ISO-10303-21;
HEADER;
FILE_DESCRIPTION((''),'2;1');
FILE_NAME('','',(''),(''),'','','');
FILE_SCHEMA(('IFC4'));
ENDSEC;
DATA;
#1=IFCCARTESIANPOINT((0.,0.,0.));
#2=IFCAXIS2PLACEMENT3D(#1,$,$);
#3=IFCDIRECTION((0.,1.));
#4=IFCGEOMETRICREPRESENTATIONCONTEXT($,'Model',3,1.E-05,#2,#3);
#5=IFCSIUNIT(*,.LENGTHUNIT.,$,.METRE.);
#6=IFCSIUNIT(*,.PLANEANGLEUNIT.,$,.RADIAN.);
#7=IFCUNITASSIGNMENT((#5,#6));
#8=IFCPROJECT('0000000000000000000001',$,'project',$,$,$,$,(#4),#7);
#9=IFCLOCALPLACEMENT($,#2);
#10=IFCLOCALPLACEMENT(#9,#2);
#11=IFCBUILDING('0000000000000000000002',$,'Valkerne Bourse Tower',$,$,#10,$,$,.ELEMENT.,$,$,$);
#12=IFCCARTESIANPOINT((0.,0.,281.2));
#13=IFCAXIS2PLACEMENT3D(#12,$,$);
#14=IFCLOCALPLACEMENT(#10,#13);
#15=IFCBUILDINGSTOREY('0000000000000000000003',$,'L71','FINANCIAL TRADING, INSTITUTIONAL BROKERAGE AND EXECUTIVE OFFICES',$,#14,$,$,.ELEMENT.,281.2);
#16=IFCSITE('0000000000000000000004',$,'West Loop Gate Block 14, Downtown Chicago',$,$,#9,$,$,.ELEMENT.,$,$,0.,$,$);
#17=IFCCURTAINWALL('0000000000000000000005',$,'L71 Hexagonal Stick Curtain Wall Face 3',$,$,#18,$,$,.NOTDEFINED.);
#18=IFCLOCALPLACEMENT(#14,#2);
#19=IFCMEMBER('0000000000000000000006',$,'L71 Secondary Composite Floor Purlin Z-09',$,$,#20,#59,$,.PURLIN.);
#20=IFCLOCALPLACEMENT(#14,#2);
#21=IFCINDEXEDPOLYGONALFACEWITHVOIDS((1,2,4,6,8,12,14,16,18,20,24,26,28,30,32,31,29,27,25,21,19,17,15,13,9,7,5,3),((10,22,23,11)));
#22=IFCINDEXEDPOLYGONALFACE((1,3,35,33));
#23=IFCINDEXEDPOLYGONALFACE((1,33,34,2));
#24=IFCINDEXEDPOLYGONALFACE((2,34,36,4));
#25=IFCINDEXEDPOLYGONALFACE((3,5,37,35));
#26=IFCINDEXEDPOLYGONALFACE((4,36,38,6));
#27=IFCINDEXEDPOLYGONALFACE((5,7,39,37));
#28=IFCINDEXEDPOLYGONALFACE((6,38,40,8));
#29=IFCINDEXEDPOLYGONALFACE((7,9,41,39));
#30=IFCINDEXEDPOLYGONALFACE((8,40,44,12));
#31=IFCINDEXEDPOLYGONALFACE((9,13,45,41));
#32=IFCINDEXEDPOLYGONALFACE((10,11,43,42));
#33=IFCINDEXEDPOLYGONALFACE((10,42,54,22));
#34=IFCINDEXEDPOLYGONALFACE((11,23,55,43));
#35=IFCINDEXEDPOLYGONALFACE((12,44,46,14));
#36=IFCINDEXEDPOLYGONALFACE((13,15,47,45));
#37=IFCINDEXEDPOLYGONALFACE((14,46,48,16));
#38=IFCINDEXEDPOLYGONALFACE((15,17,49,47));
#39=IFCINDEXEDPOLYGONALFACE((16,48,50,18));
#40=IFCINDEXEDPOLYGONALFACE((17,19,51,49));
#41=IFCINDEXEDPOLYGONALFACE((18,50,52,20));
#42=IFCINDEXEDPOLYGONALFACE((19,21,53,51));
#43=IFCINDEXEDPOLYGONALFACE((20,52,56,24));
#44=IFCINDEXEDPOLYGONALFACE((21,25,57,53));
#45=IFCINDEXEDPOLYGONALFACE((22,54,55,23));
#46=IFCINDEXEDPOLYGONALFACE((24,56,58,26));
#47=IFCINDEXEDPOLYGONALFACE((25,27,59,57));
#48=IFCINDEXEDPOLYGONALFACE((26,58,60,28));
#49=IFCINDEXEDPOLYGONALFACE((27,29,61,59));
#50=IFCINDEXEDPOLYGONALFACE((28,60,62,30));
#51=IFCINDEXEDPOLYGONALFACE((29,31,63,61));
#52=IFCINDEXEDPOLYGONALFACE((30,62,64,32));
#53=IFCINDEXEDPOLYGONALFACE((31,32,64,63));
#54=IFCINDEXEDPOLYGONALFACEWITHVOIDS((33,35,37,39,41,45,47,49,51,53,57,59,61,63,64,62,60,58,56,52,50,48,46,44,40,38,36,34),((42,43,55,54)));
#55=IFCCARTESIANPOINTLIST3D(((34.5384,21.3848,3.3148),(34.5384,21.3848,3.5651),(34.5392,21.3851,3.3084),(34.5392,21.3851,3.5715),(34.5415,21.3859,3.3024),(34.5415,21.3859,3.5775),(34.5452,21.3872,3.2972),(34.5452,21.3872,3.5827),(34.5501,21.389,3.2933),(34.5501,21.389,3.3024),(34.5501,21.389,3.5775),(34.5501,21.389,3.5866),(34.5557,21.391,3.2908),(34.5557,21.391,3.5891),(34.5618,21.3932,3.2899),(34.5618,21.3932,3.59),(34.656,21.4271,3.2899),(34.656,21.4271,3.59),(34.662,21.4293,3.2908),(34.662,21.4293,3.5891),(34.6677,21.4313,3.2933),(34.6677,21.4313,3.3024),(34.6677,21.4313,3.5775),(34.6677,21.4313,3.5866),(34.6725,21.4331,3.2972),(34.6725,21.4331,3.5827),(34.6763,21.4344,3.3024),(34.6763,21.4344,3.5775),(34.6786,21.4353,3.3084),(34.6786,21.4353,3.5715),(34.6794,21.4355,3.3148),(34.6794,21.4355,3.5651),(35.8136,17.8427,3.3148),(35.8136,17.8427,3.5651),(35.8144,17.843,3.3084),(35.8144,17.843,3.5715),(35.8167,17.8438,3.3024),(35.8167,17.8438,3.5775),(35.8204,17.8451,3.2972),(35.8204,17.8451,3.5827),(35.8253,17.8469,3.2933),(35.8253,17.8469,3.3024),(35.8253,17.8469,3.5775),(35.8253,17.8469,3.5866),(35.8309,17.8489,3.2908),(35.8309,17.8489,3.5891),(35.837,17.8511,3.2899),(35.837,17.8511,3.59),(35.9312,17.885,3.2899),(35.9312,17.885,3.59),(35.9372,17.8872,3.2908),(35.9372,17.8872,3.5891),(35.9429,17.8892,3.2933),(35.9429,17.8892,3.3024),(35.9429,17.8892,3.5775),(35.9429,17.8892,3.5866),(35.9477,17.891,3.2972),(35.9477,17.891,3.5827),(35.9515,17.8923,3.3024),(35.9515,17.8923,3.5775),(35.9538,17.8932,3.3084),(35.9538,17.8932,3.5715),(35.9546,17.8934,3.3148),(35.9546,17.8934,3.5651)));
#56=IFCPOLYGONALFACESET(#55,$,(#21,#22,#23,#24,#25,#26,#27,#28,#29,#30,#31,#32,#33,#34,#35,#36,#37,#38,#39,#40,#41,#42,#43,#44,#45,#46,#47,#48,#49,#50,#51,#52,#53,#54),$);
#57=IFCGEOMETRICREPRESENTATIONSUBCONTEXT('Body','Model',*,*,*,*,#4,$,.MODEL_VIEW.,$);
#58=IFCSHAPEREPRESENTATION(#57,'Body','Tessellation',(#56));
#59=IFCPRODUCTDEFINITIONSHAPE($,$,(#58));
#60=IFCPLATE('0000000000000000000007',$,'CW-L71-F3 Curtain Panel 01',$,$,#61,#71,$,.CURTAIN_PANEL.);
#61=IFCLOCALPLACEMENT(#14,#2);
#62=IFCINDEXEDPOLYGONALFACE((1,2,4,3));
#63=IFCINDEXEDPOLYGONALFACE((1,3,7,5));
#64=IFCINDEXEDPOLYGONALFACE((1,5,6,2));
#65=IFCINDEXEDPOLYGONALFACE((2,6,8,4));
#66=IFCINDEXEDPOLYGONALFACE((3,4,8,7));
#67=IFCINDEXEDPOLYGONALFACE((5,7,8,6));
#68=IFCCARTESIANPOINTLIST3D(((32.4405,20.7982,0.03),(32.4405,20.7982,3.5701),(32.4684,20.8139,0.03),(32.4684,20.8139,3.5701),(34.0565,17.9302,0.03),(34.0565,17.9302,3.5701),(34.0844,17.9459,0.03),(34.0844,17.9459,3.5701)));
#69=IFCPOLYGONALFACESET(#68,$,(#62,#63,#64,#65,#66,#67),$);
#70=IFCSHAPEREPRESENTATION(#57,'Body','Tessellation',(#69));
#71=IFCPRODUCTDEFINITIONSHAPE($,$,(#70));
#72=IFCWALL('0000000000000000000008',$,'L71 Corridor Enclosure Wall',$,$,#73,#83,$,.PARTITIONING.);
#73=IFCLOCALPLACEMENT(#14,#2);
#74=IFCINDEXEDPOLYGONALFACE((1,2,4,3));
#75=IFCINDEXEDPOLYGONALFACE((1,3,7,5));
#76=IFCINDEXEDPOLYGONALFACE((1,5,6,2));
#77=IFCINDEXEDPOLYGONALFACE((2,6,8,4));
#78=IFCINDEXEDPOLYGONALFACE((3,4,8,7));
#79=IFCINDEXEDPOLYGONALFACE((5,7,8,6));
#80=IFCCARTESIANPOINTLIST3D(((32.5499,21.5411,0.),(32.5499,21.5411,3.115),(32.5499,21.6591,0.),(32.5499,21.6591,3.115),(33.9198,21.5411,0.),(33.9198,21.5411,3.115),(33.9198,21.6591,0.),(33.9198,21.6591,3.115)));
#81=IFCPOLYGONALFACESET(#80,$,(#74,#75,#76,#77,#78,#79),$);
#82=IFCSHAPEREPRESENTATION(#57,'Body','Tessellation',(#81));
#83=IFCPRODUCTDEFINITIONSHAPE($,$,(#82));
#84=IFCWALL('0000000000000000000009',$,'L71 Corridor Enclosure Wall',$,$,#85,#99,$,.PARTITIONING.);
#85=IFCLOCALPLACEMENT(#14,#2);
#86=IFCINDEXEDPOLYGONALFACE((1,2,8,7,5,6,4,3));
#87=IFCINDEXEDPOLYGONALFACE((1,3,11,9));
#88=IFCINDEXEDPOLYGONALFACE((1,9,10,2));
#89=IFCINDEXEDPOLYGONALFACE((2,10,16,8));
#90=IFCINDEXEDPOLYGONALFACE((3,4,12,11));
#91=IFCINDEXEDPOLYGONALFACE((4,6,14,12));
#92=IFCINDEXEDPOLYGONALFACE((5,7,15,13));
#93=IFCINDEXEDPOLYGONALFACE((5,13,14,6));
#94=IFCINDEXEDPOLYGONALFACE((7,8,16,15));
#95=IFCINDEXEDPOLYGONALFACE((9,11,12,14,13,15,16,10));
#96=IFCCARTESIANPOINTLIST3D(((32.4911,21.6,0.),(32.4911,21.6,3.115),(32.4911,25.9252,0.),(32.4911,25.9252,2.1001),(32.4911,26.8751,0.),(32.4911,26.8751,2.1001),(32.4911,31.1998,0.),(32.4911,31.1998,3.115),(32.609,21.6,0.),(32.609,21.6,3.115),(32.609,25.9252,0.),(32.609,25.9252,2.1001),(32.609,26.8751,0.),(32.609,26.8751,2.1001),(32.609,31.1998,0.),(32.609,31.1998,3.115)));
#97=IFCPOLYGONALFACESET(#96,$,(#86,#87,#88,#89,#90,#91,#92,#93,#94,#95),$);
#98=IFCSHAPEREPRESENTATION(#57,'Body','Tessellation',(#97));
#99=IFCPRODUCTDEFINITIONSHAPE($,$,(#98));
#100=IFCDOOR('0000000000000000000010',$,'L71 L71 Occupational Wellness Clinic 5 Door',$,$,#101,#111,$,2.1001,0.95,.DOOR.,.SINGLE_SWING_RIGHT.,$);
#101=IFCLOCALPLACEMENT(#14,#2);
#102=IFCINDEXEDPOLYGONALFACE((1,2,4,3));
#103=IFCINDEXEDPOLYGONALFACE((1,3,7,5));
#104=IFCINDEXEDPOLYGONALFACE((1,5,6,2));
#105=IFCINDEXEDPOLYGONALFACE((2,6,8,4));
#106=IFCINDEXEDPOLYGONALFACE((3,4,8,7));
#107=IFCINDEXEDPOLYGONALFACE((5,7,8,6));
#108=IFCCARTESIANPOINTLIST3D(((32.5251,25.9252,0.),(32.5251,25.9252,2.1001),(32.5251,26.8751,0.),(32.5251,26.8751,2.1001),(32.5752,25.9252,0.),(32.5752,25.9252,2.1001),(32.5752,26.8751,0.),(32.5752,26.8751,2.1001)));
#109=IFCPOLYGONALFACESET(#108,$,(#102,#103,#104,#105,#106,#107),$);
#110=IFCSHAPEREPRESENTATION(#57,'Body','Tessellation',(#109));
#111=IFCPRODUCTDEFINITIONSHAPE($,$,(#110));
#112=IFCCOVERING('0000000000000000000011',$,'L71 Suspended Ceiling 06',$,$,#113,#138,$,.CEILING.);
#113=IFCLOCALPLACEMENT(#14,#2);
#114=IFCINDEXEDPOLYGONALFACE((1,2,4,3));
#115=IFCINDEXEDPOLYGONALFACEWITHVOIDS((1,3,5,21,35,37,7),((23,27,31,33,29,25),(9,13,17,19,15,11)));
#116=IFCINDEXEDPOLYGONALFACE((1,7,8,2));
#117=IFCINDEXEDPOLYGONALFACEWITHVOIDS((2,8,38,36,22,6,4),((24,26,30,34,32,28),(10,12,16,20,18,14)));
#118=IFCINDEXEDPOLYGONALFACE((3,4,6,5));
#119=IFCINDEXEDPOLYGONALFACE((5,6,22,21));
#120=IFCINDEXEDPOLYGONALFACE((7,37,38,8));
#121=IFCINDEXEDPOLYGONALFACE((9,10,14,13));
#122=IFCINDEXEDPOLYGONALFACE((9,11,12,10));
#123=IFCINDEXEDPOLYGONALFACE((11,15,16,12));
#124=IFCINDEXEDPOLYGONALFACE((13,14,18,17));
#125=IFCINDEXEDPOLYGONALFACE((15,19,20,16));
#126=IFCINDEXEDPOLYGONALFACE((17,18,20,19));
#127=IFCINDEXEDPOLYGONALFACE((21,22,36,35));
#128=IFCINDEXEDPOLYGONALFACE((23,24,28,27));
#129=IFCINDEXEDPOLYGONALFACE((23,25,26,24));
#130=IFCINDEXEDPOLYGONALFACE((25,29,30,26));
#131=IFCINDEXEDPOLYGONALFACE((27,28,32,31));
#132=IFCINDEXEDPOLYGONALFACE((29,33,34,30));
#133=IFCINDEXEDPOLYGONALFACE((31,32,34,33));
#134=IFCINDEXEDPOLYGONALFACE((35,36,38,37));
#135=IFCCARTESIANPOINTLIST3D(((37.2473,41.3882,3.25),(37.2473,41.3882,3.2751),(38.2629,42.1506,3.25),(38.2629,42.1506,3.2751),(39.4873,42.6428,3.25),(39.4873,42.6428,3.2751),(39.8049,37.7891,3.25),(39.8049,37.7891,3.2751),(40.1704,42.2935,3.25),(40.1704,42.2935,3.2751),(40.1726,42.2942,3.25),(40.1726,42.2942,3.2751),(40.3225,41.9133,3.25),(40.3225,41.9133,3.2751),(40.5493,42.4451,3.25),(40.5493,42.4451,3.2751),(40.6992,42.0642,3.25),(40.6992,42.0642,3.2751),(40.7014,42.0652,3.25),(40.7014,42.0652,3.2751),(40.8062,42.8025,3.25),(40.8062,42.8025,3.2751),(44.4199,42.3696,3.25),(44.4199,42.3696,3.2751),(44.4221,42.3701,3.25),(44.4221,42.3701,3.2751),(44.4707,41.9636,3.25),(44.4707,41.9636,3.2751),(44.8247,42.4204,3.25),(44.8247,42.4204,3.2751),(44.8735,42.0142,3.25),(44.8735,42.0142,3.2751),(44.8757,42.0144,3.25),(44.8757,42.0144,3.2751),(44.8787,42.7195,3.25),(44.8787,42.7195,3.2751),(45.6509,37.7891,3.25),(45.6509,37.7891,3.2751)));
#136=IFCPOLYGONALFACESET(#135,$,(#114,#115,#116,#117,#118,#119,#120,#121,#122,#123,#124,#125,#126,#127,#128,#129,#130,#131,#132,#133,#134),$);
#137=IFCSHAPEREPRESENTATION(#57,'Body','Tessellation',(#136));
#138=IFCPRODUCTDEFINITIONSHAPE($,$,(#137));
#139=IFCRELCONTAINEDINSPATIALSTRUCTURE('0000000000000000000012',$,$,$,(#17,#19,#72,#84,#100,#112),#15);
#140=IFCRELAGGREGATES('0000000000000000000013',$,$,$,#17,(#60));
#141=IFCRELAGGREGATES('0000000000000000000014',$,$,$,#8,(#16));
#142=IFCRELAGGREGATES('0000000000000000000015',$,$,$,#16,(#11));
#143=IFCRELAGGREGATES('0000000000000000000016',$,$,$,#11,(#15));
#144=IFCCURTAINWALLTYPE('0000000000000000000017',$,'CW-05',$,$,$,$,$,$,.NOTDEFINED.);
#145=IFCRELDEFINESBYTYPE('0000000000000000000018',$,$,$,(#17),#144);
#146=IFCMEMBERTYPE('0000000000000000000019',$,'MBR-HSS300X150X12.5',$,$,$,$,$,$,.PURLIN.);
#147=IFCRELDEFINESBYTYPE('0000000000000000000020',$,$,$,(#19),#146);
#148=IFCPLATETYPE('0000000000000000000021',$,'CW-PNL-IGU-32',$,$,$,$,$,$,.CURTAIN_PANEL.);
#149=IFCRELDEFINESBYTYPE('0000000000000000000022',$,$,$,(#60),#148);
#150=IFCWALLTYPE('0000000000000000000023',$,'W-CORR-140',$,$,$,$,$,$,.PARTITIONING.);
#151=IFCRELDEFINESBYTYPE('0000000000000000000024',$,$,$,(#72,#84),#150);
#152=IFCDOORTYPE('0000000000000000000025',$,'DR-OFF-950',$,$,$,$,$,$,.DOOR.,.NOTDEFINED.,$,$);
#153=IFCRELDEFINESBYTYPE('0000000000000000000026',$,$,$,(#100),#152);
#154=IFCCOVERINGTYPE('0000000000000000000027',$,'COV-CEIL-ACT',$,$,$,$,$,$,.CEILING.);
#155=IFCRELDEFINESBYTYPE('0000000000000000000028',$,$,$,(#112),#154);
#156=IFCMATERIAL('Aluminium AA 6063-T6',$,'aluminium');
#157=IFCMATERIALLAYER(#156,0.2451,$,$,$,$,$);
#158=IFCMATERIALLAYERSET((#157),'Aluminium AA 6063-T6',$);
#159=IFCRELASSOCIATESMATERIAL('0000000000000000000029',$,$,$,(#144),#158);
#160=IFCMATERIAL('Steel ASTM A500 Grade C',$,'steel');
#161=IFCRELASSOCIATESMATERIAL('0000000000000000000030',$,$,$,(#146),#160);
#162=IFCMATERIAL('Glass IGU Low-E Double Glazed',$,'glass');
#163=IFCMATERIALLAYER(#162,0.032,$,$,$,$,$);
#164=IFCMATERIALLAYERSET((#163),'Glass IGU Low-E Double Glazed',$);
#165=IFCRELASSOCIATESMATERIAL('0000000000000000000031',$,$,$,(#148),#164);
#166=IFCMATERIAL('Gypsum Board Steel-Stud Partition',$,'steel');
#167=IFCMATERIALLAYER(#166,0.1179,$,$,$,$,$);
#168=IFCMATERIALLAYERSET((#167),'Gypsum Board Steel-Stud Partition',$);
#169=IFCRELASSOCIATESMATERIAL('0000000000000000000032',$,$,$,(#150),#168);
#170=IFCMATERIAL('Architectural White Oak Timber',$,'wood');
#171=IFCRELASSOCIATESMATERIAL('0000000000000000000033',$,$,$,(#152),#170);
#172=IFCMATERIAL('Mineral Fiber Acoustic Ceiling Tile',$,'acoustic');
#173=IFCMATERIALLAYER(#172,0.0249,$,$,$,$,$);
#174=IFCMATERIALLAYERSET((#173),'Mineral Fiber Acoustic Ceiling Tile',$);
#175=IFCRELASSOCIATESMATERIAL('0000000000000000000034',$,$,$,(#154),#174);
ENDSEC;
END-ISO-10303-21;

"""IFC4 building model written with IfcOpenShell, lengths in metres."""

from ifc_helpers import new_model, si_unit, direction, frame, frame_2d, origin, origin_2d, place, context, subcontext, project, spatial, polyline, rectangle, hollow_rectangle, outline, extrude, material, layer, layer_set, material_profile, profile_set, type_object, element, fill, aggregate, save


model = new_model("IFC4")

# Units and contexts
model_context = context("Model", 3, precision=1e-05, world=origin(), true_north=direction((0.0, 1.0)))
body_context = subcontext(model_context, "Body", "Model", "MODEL_VIEW")
ifc_project = project(units=[si_unit("LENGTHUNIT", "METRE"), si_unit("PLANEANGLEUNIT", "RADIAN")], contexts=[model_context])

# Site, building, storey
site_placement = place(None, origin())
site = spatial("IfcSite", under=ifc_project, at=site_placement, Name="West Loop Gate Block 14, Downtown Chicago", CompositionType="ELEMENT", RefElevation=0.0)
building_placement = place(site_placement, origin())
building = spatial("IfcBuilding", under=site, at=building_placement, Name="Valkerne Bourse Tower", CompositionType="ELEMENT")
storey_placement = place(building_placement, frame((0.0, 0.0, 281.2)))
storey = spatial("IfcBuildingStorey", under=building, at=storey_placement, Name="L71", Description="FINANCIAL TRADING, INSTITUTIONAL BROKERAGE AND EXECUTIVE OFFICES", CompositionType="ELEMENT", Elevation=281.2)

# Curtain wall
ifc_material_1 = material(Name="Aluminium AA 6063-T6", Category="aluminium")
ifc_layer_1 = layer(ifc_material_1, 0.2451)
ifc_layer_set_1 = layer_set([ifc_layer_1], Name="Aluminium AA 6063-T6")
curtain_wall_type = type_object("IfcCurtainWallType", Name="CW-05", PredefinedType="NOTDEFINED", material=ifc_layer_set_1)
curtain_wall_placement = place(storey_placement, origin())
curtain_wall = element("IfcCurtainWall", 1, at=curtain_wall_placement, inside=storey, type_object=curtain_wall_type, Name="L71 Hexagonal Stick Curtain Wall Face 3", PredefinedType="NOTDEFINED")

# Member
ifc_material_2 = material(Name="Steel ASTM A500 Grade C", Category="steel")
ifc_material_profile_1 = material_profile(ifc_material_2, hollow_rectangle(XDim=0.1499, YDim=0.3, WallThickness=0.0125, OuterFilletRadius=0.0249, at=origin_2d()), Name="HSS300X150X12.5")
ifc_profile_set_1 = profile_set([ifc_material_profile_1], Name="Steel ASTM A500 Grade C")
member_type_1 = type_object("IfcMemberType", Name="MBR-HSS300X150X12.5", PredefinedType="PURLIN", material=ifc_profile_set_1)
member_1_placement = place(storey_placement, frame((34.6089, 21.4102, 3.4399), z_axis=(0.338726, -0.940885, 0.0), x_axis=(0.940885, 0.338726, 0.0)))
element("IfcMember", 2, at=member_1_placement, inside=storey, type_object=member_type_1, Name="L71 Secondary Composite Floor Purlin Z-09", PredefinedType="PURLIN", context=body_context, shape_type="SweptSolid", body=[
    extrude(hollow_rectangle(XDim=0.1499, YDim=0.3, WallThickness=0.0125, OuterFilletRadius=0.0249, at=origin_2d()), origin(), (0.0, 0.0, 1.0), 3.7646),
])

# Plate
ifc_material_3 = material(Name="Glass IGU Low-E Double Glazed", Category="glass")
ifc_layer_2 = layer(ifc_material_3, 0.032)
ifc_layer_set_2 = layer_set([ifc_layer_2], Name="Glass IGU Low-E Double Glazed")
plate_type = type_object("IfcPlateType", Name="CW-PNL-IGU-32", PredefinedType="CURTAIN_PANEL", material=ifc_layer_set_2)
plate_placement = place(storey_placement, frame((33.2625, 19.3721, 0.03), z_axis=(0.0, 0.0, 1.0), x_axis=(0.490901, -0.871215, 0.0)))
plate = element("IfcPlate", 3, at=plate_placement, type_object=plate_type, Name="CW-L71-F3 Curtain Panel 01", PredefinedType="CURTAIN_PANEL", context=body_context, shape_type="SweptSolid", body=[
    extrude(rectangle(XDim=3.292, YDim=0.032, at=origin_2d()), origin(), (0.0, 0.0, 1.0), 3.54),
])
aggregate(curtain_wall, [plate])

# Wall
ifc_material_4 = material(Name="Gypsum Board Steel-Stud Partition", Category="steel")
ifc_layer_3 = layer(ifc_material_4, 0.1179)
ifc_layer_set_3 = layer_set([ifc_layer_3], Name="Gypsum Board Steel-Stud Partition")
wall_type = type_object("IfcWallType", Name="W-CORR-140", PredefinedType="PARTITIONING", material=ifc_layer_set_3)
wall_1_placement = place(storey_placement, frame((33.9199, 21.6001, 0.0), z_axis=(0.0, 0.0, 1.0), x_axis=(-1.0, 0.0, 0.0)))
element("IfcWall", 4, at=wall_1_placement, inside=storey, type_object=wall_type, Name="L71 Corridor Enclosure Wall", PredefinedType="PARTITIONING", context=body_context, shape_type="SweptSolid", body=[
    extrude(rectangle(XDim=1.3699, YDim=0.1179, at=frame_2d((0.6851, 0.0))), origin(), (0.0, 0.0, 1.0), 3.115),
])

# Wall, opening, door
wall_2_placement = place(storey_placement, frame((32.55, 21.6001, 0.0), z_axis=(0.0, 0.0, 1.0), x_axis=(0.0, 1.0, 0.0)))
wall_2 = element("IfcWall", 5, at=wall_2_placement, inside=storey, type_object=wall_type, Name="L71 Corridor Enclosure Wall", PredefinedType="PARTITIONING", context=body_context, shape_type="SweptSolid", body=[
    extrude(rectangle(XDim=9.5999, YDim=0.1179, at=frame_2d((4.7998, 0.0))), origin(), (0.0, 0.0, 1.0), 3.115),
])
opening_placement = place(wall_2_placement, frame((4.325, 0.0, 0.0)))
opening = element("IfcOpeningElement", 6, at=opening_placement, cuts=wall_2, PredefinedType="OPENING", context=body_context, shape_type="SweptSolid", body=[
    extrude(rectangle(XDim=0.95, YDim=2.1001, at=frame_2d((0.4751, 1.05))), frame((0.0, 0.0688, 0.0), z_axis=(0.0, -1.0, 0.0), x_axis=(1.0, 0.0, 0.0)), (0.0, 0.0, 1.0), 0.1379),
])
ifc_material_5 = material(Name="Architectural White Oak Timber", Category="wood")
door_type = type_object("IfcDoorType", Name="DR-OFF-950", OperationType="NOTDEFINED", PredefinedType="DOOR", material=ifc_material_5)
door_placement = place(opening_placement, origin())
door = element("IfcDoor", 7, at=door_placement, inside=storey, type_object=door_type, Name="L71 L71 Occupational Wellness Clinic 5 Door", OperationType="SINGLE_SWING_RIGHT", OverallHeight=2.1001, OverallWidth=0.95, PredefinedType="DOOR", context=body_context, shape_type="SweptSolid", body=[
    extrude(rectangle(XDim=0.95, YDim=2.1001, at=frame_2d((0.4751, 1.05))), frame((0.0, 0.0249, 0.0), z_axis=(0.0, -1.0, 0.0), x_axis=(1.0, 0.0, 0.0)), (0.0, 0.0, 1.0), 0.05),
])
fill(opening, door)

# Covering
ifc_material_6 = material(Name="Mineral Fiber Acoustic Ceiling Tile", Category="acoustic")
ifc_layer_4 = layer(ifc_material_6, 0.0249)
ifc_layer_set_4 = layer_set([ifc_layer_4], Name="Mineral Fiber Acoustic Ceiling Tile")
covering_type_1 = type_object("IfcCoveringType", Name="COV-CEIL-ACT", PredefinedType="CEILING", material=ifc_layer_set_4)
covering_1_placement = place(storey_placement, frame((0.0, 0.0, 3.25)))
element("IfcCovering", 8, at=covering_1_placement, inside=storey, type_object=covering_type_1, Name="L71 Suspended Ceiling 06", PredefinedType="CEILING", context=body_context, shape_type="SweptSolid", body=[
    extrude(outline(polyline([(40.8062, 42.8025), (44.8787, 42.7195), (45.6509, 37.7891), (39.8049, 37.7891), (37.2473, 41.3882), (38.2629, 42.1506), (39.4873, 42.6428), (40.8062, 42.8025)]), holes=[polyline([(40.6992, 42.0642), (40.7014, 42.0652), (40.5493, 42.4451), (40.1726, 42.2942), (40.1704, 42.2935), (40.3225, 41.9133), (40.6992, 42.0642)]), polyline([(44.8757, 42.0144), (44.8247, 42.4204), (44.4221, 42.3701), (44.4199, 42.3696), (44.4707, 41.9636), (44.8735, 42.0142), (44.8757, 42.0144)])]), origin(), (0.0, 0.0, 1.0), 0.0251),
])

save(model, "model.ifc")
